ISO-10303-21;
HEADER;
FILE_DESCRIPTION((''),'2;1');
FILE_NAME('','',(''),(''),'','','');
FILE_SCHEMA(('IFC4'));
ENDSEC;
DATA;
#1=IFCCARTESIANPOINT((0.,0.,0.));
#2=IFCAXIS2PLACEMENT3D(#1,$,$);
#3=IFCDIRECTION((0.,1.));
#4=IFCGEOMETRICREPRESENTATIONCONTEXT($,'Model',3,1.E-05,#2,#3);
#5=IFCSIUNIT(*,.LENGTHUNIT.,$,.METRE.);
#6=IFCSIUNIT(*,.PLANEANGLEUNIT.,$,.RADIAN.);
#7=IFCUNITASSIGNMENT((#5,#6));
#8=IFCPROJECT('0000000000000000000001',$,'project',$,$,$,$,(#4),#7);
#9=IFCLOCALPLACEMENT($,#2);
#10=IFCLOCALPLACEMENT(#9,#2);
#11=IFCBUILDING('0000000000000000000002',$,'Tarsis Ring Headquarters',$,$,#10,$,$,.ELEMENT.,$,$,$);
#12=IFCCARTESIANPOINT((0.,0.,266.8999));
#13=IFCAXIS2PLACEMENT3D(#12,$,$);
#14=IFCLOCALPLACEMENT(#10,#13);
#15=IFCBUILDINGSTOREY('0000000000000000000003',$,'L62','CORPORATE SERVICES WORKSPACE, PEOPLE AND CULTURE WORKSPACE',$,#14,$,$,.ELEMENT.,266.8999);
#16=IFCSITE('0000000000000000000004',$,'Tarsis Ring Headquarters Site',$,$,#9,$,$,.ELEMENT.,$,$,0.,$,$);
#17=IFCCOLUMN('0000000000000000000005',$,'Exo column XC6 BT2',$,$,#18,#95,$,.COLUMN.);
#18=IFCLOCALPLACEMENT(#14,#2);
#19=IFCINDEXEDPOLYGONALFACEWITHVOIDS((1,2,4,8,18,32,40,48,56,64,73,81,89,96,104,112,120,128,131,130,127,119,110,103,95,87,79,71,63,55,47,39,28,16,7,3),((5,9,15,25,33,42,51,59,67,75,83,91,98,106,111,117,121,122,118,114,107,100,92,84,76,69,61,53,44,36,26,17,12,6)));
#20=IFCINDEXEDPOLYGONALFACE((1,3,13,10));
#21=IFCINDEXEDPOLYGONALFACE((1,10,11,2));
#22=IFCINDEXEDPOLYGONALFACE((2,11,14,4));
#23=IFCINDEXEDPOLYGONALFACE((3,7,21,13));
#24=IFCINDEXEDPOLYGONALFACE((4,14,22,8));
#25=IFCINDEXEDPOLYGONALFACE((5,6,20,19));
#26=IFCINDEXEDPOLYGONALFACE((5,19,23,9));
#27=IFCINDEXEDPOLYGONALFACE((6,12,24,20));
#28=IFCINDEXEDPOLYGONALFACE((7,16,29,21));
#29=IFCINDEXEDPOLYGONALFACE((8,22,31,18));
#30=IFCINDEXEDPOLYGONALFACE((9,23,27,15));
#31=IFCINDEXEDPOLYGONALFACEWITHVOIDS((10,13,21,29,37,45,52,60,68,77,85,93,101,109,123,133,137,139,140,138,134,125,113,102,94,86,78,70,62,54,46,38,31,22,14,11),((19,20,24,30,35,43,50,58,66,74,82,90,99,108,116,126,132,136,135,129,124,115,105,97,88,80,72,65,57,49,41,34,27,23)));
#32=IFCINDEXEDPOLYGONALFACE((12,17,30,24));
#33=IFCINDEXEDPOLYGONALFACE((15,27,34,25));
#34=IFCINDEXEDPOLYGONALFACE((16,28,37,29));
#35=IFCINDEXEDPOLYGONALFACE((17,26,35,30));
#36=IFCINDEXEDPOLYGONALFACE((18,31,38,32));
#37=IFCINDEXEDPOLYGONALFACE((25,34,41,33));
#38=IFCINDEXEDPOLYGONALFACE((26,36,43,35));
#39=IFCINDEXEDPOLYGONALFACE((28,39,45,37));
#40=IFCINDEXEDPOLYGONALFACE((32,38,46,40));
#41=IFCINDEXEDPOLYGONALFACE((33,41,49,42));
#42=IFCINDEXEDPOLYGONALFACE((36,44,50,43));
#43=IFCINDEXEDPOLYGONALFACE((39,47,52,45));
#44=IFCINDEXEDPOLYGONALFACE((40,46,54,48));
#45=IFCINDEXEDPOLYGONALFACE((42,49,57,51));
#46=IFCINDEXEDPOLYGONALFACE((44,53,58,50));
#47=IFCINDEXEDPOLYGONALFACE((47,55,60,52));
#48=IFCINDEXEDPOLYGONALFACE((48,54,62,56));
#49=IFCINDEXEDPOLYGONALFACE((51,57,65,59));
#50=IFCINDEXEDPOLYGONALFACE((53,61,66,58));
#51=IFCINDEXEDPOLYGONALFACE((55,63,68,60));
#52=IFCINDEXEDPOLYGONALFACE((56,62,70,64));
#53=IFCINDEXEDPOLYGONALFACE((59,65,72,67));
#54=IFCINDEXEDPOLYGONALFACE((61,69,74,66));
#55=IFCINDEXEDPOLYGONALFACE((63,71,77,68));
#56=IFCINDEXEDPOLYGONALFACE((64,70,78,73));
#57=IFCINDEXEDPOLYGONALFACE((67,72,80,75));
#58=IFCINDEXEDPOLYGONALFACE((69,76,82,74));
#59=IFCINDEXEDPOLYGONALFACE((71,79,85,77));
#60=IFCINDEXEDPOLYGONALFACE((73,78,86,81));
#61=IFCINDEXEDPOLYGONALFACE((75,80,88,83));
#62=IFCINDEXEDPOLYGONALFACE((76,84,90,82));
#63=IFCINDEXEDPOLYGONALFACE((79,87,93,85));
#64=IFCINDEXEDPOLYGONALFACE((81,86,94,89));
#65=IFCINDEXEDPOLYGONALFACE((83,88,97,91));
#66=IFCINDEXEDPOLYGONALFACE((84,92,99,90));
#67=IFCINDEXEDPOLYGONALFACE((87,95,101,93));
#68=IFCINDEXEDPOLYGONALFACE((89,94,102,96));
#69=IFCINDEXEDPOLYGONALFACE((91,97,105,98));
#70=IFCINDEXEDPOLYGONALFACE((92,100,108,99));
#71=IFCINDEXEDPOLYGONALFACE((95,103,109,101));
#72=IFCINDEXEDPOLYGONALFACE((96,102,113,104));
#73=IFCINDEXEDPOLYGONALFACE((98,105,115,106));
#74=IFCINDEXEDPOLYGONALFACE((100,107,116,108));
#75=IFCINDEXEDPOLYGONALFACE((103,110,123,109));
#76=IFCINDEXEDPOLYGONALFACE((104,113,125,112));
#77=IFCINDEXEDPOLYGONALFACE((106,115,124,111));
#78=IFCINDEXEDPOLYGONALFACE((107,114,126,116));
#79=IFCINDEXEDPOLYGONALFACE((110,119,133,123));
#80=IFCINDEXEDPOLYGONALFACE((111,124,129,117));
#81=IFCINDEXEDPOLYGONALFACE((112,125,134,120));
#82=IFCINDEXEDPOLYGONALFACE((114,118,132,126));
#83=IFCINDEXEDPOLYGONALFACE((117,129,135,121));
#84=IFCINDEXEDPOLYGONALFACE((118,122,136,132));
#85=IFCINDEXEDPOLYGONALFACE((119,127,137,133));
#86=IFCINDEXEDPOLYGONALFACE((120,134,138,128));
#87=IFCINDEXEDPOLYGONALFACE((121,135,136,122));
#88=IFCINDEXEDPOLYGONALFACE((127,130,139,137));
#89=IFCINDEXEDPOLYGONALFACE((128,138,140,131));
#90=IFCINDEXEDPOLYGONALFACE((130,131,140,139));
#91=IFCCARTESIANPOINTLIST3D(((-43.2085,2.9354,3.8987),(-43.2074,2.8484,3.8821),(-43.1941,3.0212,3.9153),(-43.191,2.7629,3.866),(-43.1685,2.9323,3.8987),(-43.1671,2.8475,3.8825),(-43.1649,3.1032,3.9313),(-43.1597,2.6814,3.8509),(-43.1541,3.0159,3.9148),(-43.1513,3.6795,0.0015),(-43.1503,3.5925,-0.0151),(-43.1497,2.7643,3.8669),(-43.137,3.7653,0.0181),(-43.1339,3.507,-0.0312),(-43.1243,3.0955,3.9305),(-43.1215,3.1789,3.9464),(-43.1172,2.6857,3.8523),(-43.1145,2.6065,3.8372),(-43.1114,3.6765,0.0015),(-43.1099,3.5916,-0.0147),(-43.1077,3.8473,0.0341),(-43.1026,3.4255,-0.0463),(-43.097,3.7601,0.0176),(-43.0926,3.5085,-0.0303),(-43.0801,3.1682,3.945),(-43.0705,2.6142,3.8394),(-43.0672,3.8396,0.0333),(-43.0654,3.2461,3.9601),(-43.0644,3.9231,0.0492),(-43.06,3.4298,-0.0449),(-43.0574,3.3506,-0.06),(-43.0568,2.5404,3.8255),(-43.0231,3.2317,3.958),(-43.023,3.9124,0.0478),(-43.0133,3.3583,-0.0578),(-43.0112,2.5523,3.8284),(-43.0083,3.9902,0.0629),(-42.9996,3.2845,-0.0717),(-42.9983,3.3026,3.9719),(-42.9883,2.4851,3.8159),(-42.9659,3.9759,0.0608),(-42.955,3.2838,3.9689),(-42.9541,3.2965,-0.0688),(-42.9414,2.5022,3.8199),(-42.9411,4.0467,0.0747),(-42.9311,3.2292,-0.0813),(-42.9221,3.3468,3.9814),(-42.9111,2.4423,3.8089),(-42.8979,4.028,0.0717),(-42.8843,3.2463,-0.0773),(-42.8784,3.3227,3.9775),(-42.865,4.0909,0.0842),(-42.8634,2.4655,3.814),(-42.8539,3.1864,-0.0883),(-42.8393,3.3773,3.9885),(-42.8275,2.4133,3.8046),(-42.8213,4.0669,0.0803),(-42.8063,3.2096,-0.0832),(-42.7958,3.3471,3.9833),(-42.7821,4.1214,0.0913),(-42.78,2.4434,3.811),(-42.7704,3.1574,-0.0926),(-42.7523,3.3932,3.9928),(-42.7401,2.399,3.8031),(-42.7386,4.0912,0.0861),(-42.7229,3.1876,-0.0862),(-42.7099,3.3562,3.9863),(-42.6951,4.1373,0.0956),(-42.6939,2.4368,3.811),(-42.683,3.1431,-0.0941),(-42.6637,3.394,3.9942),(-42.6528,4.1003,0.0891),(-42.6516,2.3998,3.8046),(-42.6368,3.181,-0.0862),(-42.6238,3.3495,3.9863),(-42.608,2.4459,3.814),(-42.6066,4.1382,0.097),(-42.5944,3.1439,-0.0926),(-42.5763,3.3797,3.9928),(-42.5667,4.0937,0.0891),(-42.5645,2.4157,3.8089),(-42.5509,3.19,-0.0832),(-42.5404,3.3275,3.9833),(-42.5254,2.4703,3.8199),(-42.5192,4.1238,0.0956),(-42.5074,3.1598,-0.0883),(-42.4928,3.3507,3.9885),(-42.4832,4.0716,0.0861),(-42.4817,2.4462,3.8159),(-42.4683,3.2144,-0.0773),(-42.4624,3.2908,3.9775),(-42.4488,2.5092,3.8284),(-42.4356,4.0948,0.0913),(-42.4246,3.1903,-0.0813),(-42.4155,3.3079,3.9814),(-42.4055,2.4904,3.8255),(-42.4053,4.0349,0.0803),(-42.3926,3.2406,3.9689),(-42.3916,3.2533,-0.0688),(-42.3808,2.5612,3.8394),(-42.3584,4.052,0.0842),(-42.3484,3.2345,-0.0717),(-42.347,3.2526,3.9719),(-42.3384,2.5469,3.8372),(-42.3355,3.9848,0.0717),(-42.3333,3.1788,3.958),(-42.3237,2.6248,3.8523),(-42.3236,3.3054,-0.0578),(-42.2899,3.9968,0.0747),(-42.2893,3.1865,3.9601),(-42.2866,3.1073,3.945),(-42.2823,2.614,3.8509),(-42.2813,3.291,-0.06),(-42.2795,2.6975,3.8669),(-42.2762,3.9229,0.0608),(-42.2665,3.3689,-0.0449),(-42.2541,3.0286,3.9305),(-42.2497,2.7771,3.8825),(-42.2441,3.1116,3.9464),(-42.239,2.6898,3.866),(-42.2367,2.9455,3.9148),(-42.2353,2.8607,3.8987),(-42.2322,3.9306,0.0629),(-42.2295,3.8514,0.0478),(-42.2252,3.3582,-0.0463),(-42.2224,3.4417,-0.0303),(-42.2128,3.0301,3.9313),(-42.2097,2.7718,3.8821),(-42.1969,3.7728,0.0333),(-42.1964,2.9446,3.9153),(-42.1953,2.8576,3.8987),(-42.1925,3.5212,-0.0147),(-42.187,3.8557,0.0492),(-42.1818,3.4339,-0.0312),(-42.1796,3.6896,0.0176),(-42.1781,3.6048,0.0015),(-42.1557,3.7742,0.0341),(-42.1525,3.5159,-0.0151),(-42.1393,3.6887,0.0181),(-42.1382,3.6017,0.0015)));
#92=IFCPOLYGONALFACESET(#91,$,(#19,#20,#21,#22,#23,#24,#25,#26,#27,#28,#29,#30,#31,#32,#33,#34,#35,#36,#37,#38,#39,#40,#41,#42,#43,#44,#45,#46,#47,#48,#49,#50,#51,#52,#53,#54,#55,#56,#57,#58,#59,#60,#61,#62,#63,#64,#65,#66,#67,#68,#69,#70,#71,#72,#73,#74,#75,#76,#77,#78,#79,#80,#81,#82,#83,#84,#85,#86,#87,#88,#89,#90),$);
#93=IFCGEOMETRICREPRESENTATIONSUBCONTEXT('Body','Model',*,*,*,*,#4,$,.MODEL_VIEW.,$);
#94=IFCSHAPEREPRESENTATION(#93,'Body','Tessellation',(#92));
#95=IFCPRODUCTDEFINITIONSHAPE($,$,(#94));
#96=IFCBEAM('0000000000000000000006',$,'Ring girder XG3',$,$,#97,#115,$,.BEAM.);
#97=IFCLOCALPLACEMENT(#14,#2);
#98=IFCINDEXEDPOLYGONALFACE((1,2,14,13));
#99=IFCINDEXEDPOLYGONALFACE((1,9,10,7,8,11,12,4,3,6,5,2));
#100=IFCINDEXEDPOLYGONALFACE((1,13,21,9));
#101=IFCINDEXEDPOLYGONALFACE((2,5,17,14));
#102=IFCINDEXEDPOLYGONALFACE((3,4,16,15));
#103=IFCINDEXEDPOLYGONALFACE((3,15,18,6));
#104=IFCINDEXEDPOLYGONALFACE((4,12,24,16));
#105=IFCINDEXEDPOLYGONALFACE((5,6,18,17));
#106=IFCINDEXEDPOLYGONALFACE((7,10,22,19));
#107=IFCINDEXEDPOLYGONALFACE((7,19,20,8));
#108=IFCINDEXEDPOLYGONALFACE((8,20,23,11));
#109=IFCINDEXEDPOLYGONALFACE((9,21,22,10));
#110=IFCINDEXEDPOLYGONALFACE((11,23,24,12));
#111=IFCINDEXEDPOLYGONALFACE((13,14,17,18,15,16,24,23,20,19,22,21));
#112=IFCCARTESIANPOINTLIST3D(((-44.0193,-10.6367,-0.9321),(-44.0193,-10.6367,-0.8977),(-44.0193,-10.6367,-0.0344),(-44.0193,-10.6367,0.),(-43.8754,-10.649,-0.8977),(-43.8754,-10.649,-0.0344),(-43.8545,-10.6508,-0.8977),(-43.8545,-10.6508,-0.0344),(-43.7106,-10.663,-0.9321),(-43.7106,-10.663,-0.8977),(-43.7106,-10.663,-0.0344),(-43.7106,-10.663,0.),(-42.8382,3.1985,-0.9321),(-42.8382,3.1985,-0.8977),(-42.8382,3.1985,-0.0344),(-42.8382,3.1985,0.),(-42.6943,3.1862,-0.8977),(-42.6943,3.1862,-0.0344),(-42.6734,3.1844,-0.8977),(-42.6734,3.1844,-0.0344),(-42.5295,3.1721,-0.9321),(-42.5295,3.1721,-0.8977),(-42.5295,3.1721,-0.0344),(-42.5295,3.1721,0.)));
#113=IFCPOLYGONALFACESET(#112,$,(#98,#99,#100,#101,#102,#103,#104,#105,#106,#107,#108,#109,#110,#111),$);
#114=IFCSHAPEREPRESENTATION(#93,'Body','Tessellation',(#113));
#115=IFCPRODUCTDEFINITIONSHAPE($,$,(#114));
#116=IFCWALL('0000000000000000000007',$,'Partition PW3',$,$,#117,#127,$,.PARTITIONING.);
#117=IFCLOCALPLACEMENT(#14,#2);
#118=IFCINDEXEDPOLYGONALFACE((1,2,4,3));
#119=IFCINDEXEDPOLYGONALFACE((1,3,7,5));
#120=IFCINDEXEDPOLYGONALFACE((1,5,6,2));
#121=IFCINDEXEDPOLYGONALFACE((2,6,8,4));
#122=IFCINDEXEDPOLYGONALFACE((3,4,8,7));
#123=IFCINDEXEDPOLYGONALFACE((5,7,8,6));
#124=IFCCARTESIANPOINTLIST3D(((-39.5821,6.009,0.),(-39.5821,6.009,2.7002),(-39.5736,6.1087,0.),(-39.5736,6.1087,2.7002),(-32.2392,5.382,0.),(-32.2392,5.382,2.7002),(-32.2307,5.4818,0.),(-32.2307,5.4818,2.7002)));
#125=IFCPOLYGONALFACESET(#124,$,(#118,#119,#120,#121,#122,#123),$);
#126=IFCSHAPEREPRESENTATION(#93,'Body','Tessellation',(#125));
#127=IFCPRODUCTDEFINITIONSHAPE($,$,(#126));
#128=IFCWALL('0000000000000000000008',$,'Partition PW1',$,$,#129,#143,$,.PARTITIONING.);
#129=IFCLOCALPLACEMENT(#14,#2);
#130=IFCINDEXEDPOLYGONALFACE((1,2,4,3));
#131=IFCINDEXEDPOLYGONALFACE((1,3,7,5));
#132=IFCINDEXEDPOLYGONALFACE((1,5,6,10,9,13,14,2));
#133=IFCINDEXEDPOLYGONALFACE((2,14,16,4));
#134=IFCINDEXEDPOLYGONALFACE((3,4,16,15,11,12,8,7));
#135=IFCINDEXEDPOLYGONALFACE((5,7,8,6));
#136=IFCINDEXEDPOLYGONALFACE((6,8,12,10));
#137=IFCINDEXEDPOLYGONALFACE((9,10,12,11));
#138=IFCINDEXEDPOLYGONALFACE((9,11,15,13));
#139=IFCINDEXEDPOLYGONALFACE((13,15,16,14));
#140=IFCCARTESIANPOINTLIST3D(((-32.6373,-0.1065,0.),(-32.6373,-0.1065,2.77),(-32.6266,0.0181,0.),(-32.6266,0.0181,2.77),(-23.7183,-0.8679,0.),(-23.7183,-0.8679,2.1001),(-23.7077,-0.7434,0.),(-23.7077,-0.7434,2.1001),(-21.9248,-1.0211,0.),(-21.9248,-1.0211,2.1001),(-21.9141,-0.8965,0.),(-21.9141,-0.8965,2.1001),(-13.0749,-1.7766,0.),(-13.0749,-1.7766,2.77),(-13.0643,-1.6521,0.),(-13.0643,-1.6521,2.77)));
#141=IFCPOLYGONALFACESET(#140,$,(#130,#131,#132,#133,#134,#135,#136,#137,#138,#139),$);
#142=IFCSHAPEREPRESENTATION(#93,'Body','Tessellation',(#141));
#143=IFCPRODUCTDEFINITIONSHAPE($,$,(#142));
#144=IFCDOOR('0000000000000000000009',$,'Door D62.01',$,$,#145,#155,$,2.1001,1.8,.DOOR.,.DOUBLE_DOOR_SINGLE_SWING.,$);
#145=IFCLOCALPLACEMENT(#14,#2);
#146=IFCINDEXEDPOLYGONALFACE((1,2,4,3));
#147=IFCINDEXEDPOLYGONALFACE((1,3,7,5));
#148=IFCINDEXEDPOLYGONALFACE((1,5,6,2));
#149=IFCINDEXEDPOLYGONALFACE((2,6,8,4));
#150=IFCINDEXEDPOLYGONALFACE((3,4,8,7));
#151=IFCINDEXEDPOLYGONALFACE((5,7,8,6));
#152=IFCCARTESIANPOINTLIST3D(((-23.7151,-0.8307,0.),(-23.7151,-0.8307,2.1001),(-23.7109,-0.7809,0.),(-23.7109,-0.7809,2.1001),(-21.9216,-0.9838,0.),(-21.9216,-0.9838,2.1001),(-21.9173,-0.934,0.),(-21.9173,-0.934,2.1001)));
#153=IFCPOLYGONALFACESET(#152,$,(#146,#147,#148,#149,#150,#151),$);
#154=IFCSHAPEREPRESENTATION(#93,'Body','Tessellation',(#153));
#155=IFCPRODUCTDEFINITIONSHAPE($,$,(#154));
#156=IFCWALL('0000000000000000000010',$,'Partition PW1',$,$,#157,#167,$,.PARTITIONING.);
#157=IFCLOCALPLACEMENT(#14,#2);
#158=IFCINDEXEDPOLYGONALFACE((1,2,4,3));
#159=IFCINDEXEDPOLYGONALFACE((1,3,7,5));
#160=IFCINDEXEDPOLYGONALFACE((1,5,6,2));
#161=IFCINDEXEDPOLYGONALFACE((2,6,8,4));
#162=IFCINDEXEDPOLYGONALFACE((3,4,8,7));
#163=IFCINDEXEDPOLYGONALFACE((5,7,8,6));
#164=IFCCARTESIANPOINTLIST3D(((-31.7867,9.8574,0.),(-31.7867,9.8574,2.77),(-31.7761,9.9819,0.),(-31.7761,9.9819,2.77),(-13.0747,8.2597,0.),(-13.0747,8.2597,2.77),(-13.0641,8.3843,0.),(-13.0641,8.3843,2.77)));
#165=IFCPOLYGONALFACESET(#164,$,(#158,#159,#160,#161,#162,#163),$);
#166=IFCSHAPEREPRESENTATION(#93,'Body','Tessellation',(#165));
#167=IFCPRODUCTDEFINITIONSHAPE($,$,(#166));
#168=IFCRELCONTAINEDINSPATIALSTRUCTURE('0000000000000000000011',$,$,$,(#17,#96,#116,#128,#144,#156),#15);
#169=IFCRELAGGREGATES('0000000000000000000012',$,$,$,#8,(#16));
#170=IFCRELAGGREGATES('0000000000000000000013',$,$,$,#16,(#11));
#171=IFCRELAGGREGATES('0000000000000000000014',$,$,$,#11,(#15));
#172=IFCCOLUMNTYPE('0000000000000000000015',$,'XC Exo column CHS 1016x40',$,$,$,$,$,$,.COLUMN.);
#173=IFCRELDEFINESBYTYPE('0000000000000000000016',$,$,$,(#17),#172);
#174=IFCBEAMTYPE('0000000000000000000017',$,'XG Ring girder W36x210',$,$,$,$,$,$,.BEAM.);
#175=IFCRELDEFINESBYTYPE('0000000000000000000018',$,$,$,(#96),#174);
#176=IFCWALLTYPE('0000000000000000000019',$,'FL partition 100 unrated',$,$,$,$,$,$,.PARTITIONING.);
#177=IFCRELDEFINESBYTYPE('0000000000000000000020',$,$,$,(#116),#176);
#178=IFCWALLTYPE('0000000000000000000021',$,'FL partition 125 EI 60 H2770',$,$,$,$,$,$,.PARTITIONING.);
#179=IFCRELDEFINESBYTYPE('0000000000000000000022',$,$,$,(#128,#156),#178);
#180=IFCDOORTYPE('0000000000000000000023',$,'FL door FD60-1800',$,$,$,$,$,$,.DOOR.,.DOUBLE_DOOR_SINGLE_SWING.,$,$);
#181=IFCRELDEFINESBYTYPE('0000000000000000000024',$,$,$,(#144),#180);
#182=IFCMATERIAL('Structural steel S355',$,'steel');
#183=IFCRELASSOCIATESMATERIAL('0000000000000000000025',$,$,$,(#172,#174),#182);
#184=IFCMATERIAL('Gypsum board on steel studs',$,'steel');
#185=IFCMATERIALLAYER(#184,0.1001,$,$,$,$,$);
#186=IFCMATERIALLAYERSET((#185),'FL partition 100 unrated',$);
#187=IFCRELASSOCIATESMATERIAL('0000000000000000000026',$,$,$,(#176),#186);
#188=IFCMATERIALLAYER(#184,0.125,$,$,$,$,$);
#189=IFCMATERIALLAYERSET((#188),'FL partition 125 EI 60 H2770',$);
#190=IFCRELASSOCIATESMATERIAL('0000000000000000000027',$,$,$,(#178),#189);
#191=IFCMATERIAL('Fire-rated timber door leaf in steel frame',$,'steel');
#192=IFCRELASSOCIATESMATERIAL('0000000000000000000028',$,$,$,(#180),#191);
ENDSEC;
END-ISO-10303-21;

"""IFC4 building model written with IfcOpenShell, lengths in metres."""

from ifc_helpers import new_model, si_unit, direction, frame, frame_2d, origin, origin_2d, place, context, subcontext, project, spatial, rectangle, hollow_circle, i_section, extrude, material, layer, layer_set, material_profile, profile_set, type_object, element, fill, save


model = new_model("IFC4")

# Units and contexts
model_context = context("Model", 3, precision=1e-05, world=origin(), true_north=direction((0.0, 1.0)))
body_context = subcontext(model_context, "Body", "Model", "MODEL_VIEW")
ifc_project = project(units=[si_unit("LENGTHUNIT", "METRE"), si_unit("PLANEANGLEUNIT", "RADIAN")], contexts=[model_context])

# Site, building, storey
site_placement = place(None, origin())
site = spatial("IfcSite", under=ifc_project, at=site_placement, Name="Tarsis Ring Headquarters Site", CompositionType="ELEMENT", RefElevation=0.0)
building_placement = place(site_placement, origin())
building = spatial("IfcBuilding", under=site, at=building_placement, Name="Tarsis Ring Headquarters", CompositionType="ELEMENT")
storey_placement = place(building_placement, frame((0.0, 0.0, 266.8999)))
storey = spatial("IfcBuildingStorey", under=building, at=storey_placement, Name="L62", Description="CORPORATE SERVICES WORKSPACE, PEOPLE AND CULTURE WORKSPACE", CompositionType="ELEMENT", Elevation=266.8999)

# Column
ifc_material_1 = material(Name="Structural steel S355", Category="steel")
ifc_material_profile_1 = material_profile(ifc_material_1, hollow_circle(Radius=0.5081, WallThickness=0.04, at=origin_2d()), Name="CHS 1016x40")
ifc_profile_set_1 = profile_set([ifc_material_profile_1], Name="Structural steel S355")
column_type = type_object("IfcColumnType", Name="XC Exo column CHS 1016x40", PredefinedType="COLUMN", material=ifc_profile_set_1)
column_placement = place(storey_placement, frame((-42.6448, 3.6406, 0.0015), z_axis=(-0.014397, -0.187534, 0.982153), x_axis=(0.997066, -0.076546, 0.0)))
element("IfcColumn", 1, at=column_placement, inside=storey, type_object=column_type, Name="Exo column XC6 BT2", PredefinedType="COLUMN", context=body_context, shape_type="SweptSolid", body=[
    extrude(hollow_circle(Radius=0.5081, WallThickness=0.04, at=origin_2d()), origin(), (0.0, 0.0, 1.0), 3.968),
])

# Beam
ifc_material_profile_2 = material_profile(ifc_material_1, i_section(OverallWidth=0.3098, OverallDepth=0.9321, WebThickness=0.021, FlangeThickness=0.0344, at=origin_2d()), Name="W36x210")
ifc_profile_set_2 = profile_set([ifc_material_profile_2], Name="Structural steel S355")
beam_type = type_object("IfcBeamType", Name="XG Ring girder W36x210", PredefinedType="BEAM", material=ifc_profile_set_2)
beam_placement = place(storey_placement, frame((-42.6838, 3.1853, -0.4661), z_axis=(-0.085064, -0.996376, 0.0), x_axis=(0.996376, -0.085064, 0.0)))
element("IfcBeam", 2, at=beam_placement, inside=storey, type_object=beam_type, Name="Ring girder XG3", PredefinedType="BEAM", context=body_context, shape_type="SweptSolid", body=[
    extrude(i_section(OverallWidth=0.3098, OverallDepth=0.9321, WebThickness=0.021, FlangeThickness=0.0344, at=origin_2d()), origin(), (0.0, 0.0, 1.0), 13.8855),
])

# Wall
ifc_material_2 = material(Name="Gypsum board on steel studs", Category="steel")
ifc_layer_1 = layer(ifc_material_2, 0.1001)
ifc_layer_set_1 = layer_set([ifc_layer_1], Name="FL partition 100 unrated")
wall_type_1 = type_object("IfcWallType", Name="FL partition 100 unrated", PredefinedType="PARTITIONING", material=ifc_layer_set_1)
wall_1_placement = place(storey_placement, frame((-39.5779, 6.0588, 0.0), z_axis=(0.0, 0.0, 1.0), x_axis=(0.996375, -0.085071, 0.0)))
element("IfcWall", 3, at=wall_1_placement, inside=storey, type_object=wall_type_1, Name="Partition PW3", PredefinedType="PARTITIONING", context=body_context, shape_type="SweptSolid", body=[
    extrude(rectangle(XDim=7.3696, YDim=0.1001, at=frame_2d((3.6848, 0.0))), origin(), (0.0, 0.0, 1.0), 2.7002),
])

# Wall, opening, door
ifc_layer_2 = layer(ifc_material_2, 0.125)
ifc_layer_set_2 = layer_set([ifc_layer_2], Name="FL partition 125 EI 60 H2770")
wall_type_2 = type_object("IfcWallType", Name="FL partition 125 EI 60 H2770", PredefinedType="PARTITIONING", material=ifc_layer_set_2)
wall_2_placement = place(storey_placement, frame((-32.6321, -0.0442, 0.0), z_axis=(0.0, 0.0, 1.0), x_axis=(0.996375, -0.085066, 0.0)))
wall_2 = element("IfcWall", 4, at=wall_2_placement, inside=storey, type_object=wall_type_2, Name="Partition PW1", PredefinedType="PARTITIONING", context=body_context, shape_type="SweptSolid", body=[
    extrude(rectangle(XDim=19.6335, YDim=0.125, at=frame_2d((9.8169, 0.0))), origin(), (0.0, 0.0, 1.0), 2.77),
])
opening_1_placement = place(wall_2_placement, frame((8.9517, 0.0, 0.0)))
opening_1 = element("IfcOpeningElement", 5, at=opening_1_placement, cuts=wall_2, PredefinedType="OPENING", context=body_context, shape_type="SweptSolid", body=[
    extrude(rectangle(XDim=1.8, YDim=2.1001, at=frame_2d((0.8999, 1.05))), frame((0.0, 0.0725, 0.0), z_axis=(0.0, -1.0, 0.0), x_axis=(1.0, 0.0, 0.0)), (0.0, 0.0, 1.0), 0.145),
])
ifc_material_3 = material(Name="Fire-rated timber door leaf in steel frame", Category="steel")
door_type_1 = type_object("IfcDoorType", Name="FL door FD60-1800", OperationType="DOUBLE_DOOR_SINGLE_SWING", PredefinedType="DOOR", material=ifc_material_3)
door_1_placement = place(opening_1_placement, origin())
door_1 = element("IfcDoor", 6, at=door_1_placement, inside=storey, type_object=door_type_1, Name="Door D62.01", OperationType="DOUBLE_DOOR_SINGLE_SWING", OverallHeight=2.1001, OverallWidth=1.8, PredefinedType="DOOR", context=body_context, shape_type="SweptSolid", body=[
    extrude(rectangle(XDim=1.8, YDim=2.1001, at=frame_2d((0.8999, 1.05))), frame((0.0, 0.0249, 0.0), z_axis=(0.0, -1.0, 0.0), x_axis=(1.0, 0.0, 0.0)), (0.0, 0.0, 1.0), 0.05),
])
fill(opening_1, door_1)

# Wall
wall_3_placement = place(storey_placement, frame((-31.7815, 9.9197, 0.0), z_axis=(0.0, 0.0, 1.0), x_axis=(0.996375, -0.085072, 0.0)))
element("IfcWall", 7, at=wall_3_placement, inside=storey, type_object=wall_type_2, Name="Partition PW1", PredefinedType="PARTITIONING", context=body_context, shape_type="SweptSolid", body=[
    extrude(rectangle(XDim=18.78, YDim=0.125, at=frame_2d((9.3901, 0.0))), origin(), (0.0, 0.0, 1.0), 2.77),
])

save(model, "model.ifc")
